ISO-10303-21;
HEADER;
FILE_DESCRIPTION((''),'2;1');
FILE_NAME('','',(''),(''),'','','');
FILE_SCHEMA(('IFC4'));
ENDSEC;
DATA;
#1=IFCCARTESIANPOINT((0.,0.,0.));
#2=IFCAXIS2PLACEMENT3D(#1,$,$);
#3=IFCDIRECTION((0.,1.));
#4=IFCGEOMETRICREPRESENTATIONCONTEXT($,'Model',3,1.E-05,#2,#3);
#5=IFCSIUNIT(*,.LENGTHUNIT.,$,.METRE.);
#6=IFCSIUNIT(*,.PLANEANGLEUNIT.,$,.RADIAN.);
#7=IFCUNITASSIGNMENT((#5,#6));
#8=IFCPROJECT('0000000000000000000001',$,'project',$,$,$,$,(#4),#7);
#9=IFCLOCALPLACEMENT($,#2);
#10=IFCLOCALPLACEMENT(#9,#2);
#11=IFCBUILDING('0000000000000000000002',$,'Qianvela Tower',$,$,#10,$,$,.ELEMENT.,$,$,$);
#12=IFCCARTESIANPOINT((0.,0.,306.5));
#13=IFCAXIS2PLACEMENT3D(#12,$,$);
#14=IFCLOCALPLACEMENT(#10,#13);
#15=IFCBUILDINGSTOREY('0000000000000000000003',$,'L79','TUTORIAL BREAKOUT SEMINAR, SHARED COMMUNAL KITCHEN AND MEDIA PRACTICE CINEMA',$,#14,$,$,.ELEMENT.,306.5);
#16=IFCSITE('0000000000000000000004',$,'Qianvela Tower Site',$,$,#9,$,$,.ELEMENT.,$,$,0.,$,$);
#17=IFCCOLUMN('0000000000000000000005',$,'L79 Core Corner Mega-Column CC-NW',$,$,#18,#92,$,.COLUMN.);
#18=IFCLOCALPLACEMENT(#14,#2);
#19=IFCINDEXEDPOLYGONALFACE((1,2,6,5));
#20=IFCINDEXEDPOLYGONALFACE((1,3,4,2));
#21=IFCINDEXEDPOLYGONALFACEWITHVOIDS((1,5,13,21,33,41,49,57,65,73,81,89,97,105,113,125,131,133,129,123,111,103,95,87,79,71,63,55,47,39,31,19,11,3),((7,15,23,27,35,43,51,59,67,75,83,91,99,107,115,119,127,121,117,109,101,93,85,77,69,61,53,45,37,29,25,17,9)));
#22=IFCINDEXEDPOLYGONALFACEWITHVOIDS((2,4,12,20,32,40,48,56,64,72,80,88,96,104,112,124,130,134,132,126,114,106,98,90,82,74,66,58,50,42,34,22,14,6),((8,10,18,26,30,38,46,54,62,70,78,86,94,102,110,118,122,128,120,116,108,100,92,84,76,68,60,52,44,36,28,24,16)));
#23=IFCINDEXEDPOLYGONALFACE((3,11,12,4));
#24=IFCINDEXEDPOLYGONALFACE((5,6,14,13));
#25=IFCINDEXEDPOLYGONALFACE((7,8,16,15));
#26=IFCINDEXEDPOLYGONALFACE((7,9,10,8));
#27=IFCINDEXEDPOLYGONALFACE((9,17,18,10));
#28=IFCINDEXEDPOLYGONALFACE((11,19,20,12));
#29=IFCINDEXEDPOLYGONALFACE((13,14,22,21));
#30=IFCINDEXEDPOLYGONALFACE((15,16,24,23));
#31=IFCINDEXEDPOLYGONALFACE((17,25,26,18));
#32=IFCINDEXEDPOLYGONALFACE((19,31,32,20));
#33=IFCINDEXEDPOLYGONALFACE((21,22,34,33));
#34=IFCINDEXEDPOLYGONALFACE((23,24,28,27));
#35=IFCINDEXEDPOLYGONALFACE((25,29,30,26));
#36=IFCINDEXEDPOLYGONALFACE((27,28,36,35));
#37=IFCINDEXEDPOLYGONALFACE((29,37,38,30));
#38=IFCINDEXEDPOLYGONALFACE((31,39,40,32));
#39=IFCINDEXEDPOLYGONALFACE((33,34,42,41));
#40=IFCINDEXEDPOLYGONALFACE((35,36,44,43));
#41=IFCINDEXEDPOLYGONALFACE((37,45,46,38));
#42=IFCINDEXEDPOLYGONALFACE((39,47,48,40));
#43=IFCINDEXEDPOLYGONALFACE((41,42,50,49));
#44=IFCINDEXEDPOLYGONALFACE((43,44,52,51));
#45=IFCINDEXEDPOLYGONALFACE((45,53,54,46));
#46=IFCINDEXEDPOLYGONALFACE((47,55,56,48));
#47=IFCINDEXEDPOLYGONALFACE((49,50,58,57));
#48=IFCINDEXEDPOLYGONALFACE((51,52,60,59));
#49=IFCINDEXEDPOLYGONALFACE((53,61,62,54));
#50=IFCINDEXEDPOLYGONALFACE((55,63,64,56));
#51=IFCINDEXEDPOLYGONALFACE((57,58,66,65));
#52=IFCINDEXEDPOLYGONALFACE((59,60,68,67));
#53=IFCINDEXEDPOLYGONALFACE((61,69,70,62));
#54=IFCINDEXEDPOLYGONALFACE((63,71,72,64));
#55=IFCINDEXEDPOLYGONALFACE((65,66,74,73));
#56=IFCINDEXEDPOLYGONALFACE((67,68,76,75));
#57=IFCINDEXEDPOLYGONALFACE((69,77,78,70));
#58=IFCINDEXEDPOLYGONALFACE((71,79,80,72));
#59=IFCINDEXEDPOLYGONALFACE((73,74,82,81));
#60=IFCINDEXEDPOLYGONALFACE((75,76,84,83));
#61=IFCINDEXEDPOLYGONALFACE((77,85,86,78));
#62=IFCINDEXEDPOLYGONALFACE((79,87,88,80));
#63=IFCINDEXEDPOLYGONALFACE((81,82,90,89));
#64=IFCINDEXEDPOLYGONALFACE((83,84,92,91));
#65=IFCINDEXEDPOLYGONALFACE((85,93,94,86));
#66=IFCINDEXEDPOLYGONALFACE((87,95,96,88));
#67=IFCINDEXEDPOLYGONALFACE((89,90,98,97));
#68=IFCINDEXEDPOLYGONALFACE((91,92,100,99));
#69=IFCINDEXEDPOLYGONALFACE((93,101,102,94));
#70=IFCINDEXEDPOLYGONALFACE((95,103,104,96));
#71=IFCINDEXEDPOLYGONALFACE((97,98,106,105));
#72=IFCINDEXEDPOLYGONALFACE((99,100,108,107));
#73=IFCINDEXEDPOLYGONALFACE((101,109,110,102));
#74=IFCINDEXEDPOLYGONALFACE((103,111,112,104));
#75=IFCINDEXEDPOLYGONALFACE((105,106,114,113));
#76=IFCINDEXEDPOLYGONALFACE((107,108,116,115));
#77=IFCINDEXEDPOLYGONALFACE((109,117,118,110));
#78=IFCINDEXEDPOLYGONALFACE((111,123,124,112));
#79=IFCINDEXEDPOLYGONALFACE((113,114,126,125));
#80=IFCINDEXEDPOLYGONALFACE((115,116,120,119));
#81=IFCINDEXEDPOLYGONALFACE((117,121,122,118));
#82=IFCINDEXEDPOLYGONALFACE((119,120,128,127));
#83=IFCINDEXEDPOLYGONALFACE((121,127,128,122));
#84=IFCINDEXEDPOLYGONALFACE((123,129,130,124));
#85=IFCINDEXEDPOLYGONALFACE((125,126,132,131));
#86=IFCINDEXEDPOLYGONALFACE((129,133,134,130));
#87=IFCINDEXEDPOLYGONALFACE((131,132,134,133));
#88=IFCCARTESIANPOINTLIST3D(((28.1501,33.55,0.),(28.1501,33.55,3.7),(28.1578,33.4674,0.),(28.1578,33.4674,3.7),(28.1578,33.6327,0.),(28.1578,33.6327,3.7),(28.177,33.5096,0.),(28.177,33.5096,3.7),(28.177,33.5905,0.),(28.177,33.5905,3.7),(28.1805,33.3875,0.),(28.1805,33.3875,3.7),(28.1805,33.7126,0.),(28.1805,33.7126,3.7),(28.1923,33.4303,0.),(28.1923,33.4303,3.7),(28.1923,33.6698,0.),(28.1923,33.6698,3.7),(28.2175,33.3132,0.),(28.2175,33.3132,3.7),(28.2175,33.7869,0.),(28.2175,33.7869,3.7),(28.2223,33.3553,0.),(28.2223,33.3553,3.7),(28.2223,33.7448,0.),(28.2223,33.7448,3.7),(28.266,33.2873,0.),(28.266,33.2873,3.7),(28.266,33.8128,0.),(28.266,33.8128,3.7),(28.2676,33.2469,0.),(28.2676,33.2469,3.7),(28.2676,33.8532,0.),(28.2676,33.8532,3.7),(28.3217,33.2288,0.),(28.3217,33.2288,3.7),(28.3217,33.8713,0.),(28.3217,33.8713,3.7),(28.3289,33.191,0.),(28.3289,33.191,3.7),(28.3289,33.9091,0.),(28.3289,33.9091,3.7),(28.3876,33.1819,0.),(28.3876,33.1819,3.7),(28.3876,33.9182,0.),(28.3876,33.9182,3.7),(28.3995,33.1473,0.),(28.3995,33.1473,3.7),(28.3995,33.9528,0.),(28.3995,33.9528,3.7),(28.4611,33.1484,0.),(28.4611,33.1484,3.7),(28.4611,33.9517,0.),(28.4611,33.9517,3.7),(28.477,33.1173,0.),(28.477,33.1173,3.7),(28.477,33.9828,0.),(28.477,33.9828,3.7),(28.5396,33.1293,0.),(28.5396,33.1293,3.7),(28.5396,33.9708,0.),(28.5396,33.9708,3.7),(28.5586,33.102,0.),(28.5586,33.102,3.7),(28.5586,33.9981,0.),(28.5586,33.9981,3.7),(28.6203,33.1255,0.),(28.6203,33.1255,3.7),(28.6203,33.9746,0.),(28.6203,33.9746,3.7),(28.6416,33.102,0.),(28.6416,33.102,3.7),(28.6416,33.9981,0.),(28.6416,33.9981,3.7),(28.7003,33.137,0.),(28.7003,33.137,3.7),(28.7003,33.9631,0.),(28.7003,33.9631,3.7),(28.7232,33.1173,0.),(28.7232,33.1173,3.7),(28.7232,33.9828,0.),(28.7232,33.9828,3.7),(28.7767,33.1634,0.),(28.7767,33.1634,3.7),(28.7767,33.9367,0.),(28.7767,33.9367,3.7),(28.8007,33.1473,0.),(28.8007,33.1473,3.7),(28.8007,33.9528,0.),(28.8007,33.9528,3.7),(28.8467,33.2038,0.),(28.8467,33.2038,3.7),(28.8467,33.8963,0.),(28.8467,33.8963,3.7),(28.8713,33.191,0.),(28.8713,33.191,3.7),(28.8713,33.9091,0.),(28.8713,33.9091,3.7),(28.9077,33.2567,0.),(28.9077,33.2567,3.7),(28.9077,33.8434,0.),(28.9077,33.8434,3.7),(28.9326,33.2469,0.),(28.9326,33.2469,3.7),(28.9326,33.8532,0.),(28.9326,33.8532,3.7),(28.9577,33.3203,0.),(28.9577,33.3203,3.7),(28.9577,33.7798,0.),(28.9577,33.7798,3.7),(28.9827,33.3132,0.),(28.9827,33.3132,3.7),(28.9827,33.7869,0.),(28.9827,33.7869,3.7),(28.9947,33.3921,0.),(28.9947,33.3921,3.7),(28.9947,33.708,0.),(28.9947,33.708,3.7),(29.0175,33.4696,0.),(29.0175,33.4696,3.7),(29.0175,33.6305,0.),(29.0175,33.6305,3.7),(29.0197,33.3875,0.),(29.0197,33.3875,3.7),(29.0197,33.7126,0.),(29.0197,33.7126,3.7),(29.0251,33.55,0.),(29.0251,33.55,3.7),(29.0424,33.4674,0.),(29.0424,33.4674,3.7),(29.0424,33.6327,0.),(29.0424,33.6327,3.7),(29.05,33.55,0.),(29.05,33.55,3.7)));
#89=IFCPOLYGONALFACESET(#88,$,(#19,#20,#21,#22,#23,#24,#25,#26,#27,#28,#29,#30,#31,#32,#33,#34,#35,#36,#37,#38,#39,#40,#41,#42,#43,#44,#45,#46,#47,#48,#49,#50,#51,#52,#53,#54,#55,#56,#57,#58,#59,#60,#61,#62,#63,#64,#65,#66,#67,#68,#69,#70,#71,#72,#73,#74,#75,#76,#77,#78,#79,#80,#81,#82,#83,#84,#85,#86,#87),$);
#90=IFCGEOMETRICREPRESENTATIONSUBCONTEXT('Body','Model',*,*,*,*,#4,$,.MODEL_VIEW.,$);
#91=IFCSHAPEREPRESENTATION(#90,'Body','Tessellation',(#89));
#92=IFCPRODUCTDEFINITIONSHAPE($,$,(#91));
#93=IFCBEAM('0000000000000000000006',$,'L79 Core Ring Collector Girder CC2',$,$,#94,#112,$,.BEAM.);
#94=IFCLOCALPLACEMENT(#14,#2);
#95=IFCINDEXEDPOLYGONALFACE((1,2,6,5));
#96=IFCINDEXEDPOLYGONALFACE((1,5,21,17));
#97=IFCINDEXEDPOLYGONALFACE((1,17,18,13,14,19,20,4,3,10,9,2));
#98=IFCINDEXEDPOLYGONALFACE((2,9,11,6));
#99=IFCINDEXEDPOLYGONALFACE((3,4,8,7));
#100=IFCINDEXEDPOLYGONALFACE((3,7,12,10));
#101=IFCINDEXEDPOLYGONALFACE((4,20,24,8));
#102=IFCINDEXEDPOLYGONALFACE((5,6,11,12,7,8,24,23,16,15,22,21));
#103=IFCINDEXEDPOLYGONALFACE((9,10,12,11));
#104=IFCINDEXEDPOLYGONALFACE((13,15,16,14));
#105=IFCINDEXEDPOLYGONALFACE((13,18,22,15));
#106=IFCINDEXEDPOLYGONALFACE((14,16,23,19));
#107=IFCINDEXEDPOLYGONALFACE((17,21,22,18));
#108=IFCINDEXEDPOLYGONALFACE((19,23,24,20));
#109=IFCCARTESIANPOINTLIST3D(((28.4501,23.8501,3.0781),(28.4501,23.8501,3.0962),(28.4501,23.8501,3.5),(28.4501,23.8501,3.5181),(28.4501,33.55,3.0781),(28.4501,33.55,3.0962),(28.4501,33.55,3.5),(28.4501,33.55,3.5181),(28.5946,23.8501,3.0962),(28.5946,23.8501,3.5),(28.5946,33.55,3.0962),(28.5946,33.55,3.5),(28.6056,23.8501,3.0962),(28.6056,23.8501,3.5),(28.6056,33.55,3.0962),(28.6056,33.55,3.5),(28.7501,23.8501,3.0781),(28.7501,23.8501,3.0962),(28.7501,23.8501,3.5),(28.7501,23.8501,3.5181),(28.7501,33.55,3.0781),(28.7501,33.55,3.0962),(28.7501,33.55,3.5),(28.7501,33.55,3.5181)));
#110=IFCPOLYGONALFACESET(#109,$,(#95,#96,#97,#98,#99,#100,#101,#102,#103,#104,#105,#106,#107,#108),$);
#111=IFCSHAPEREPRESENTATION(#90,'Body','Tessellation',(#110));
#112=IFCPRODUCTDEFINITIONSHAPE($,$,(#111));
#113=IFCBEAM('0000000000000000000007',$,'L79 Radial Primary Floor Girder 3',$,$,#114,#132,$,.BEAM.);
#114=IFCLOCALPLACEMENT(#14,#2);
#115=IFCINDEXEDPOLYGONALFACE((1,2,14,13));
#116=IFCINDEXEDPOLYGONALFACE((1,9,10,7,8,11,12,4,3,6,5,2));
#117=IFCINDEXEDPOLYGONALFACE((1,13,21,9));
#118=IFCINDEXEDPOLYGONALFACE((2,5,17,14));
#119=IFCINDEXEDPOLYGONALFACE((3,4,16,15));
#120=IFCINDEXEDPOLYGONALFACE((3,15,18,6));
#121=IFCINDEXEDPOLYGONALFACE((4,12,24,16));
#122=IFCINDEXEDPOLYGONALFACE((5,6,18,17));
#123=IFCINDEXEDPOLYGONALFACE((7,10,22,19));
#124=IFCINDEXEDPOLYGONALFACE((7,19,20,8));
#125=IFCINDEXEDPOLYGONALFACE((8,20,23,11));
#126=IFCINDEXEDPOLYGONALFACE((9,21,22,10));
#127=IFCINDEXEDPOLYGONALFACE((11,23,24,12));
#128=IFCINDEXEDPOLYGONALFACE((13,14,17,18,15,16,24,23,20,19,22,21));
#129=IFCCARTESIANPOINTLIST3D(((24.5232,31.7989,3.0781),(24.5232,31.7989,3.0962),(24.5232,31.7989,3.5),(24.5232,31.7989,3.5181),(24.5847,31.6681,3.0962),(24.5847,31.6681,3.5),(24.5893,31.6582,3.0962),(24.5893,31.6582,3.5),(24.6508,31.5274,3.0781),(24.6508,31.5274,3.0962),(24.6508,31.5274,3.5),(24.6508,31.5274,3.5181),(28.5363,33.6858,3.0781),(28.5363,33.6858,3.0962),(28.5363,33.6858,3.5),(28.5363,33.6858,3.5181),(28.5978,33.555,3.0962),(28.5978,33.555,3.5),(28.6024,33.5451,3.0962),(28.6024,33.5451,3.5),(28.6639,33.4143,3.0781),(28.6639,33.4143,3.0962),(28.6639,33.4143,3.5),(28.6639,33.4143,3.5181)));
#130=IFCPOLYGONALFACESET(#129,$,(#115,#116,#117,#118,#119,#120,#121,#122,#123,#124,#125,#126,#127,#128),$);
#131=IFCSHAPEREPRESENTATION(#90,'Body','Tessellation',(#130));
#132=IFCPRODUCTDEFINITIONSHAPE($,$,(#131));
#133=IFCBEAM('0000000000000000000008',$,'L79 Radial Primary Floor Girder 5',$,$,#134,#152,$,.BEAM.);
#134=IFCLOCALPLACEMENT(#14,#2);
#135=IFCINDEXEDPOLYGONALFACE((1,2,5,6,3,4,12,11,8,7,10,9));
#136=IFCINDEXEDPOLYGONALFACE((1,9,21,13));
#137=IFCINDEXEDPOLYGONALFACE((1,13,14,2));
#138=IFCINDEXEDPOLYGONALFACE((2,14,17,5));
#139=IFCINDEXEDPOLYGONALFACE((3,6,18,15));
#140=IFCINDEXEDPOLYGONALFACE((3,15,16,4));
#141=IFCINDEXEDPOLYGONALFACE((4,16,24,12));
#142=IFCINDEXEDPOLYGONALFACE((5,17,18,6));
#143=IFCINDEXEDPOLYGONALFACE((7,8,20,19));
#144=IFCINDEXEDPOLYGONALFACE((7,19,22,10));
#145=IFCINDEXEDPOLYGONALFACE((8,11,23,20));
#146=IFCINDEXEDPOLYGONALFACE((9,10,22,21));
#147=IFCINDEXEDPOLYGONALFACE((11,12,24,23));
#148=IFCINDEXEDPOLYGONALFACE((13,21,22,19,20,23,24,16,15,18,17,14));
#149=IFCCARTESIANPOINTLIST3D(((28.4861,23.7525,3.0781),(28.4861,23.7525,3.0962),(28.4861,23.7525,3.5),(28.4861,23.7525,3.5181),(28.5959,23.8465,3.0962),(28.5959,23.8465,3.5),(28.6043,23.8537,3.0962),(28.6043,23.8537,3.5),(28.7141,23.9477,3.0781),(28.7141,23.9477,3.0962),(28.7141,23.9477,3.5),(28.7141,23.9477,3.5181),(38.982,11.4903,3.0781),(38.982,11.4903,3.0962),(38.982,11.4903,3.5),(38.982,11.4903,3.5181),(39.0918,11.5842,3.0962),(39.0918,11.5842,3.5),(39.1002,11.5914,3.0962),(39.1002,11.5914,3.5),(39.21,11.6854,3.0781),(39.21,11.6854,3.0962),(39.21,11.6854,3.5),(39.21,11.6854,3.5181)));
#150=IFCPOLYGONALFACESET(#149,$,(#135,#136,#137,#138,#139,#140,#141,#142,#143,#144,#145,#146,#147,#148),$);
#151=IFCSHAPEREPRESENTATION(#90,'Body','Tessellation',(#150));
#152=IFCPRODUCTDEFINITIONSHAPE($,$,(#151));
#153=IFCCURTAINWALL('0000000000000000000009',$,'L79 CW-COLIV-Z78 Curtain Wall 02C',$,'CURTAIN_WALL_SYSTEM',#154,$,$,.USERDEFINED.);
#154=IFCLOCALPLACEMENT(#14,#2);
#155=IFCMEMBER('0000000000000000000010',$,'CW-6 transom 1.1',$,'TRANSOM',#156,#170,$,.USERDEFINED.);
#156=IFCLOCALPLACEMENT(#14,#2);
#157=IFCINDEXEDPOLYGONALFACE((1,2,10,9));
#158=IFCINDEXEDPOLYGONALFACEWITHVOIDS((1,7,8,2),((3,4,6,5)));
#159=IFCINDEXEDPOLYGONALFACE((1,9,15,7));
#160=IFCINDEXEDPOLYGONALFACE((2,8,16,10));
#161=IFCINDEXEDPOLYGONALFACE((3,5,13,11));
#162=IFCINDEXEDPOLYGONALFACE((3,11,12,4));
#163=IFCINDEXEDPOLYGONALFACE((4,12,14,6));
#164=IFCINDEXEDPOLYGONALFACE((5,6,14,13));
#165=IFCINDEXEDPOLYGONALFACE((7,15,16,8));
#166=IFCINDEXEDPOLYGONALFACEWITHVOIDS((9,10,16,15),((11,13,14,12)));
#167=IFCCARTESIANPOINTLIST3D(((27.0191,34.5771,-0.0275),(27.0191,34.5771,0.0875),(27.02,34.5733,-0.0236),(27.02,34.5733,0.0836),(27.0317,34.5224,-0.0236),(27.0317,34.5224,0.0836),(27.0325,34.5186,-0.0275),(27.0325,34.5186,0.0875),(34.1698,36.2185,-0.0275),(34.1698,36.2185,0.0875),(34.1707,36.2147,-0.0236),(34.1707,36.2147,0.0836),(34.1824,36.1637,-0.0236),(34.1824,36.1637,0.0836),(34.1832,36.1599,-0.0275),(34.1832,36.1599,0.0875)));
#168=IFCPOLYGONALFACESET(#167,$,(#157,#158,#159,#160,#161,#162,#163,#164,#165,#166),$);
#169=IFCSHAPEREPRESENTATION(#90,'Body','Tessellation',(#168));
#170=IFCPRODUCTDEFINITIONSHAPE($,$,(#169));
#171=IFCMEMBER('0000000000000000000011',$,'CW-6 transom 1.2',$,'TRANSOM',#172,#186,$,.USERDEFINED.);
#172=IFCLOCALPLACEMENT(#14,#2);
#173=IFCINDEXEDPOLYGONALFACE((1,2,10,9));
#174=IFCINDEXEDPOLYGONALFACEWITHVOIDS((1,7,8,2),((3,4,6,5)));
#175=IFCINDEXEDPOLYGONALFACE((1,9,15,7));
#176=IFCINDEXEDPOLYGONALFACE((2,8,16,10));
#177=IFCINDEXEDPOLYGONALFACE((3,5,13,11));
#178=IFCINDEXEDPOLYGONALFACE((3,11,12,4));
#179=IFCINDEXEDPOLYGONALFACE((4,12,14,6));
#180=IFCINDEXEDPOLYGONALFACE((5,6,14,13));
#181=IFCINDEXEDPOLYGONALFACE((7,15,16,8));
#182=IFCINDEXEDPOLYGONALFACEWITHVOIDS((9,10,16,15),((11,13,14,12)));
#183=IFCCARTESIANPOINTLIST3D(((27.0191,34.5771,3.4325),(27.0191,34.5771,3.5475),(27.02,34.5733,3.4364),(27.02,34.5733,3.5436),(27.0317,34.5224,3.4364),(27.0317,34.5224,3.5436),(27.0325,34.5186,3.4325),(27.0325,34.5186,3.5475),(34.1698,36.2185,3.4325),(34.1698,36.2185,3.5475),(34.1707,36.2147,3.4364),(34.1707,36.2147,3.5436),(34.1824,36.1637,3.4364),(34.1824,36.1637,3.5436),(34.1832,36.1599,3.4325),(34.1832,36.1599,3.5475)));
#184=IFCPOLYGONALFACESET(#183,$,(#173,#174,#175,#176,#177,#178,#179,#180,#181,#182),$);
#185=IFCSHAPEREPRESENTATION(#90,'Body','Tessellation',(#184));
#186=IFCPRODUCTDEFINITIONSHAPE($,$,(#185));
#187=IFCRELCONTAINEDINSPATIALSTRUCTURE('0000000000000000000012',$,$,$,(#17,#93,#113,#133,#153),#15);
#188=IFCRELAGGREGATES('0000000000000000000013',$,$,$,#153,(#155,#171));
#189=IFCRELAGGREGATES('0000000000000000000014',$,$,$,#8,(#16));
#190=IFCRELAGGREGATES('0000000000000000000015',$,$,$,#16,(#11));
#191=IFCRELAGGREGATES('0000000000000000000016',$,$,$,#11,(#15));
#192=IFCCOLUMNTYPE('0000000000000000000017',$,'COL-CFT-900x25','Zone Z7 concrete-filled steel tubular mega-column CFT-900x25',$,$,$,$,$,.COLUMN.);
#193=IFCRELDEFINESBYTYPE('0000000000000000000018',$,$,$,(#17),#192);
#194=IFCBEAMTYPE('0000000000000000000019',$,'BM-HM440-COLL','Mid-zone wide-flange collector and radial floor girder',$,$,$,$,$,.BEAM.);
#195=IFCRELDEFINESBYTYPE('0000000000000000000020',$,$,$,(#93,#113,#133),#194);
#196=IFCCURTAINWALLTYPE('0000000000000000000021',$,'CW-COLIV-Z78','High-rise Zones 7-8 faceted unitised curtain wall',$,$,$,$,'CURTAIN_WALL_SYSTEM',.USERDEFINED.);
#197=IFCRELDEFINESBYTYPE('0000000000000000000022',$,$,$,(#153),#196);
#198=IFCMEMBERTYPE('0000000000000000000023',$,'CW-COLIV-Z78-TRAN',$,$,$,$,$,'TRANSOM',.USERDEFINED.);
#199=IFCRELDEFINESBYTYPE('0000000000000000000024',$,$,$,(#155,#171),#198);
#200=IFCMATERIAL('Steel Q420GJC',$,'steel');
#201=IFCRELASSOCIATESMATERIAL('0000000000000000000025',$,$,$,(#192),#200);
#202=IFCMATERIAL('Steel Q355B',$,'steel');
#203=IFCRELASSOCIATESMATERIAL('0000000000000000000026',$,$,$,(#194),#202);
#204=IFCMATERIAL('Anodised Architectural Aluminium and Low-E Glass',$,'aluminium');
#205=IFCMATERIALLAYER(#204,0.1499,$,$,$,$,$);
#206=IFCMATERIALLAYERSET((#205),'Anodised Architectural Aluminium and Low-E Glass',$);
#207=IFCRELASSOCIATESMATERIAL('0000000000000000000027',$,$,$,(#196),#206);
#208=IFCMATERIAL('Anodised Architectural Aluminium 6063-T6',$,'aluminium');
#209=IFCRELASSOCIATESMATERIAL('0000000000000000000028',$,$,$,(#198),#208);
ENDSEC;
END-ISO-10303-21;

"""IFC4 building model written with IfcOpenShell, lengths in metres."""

from ifc_helpers import new_model, si_unit, direction, frame, origin, origin_2d, place, context, subcontext, project, spatial, hollow_rectangle, hollow_circle, i_section, extrude, material, layer, layer_set, material_profile, profile_set, type_object, element, aggregate, save


model = new_model("IFC4")

# Units and contexts
model_context = context("Model", 3, precision=1e-05, world=origin(), true_north=direction((0.0, 1.0)))
body_context = subcontext(model_context, "Body", "Model", "MODEL_VIEW")
ifc_project = project(units=[si_unit("LENGTHUNIT", "METRE"), si_unit("PLANEANGLEUNIT", "RADIAN")], contexts=[model_context])

# Site, building, storey
site_placement = place(None, origin())
site = spatial("IfcSite", under=ifc_project, at=site_placement, Name="Qianvela Tower Site", CompositionType="ELEMENT", RefElevation=0.0)
building_placement = place(site_placement, origin())
building = spatial("IfcBuilding", under=site, at=building_placement, Name="Qianvela Tower", CompositionType="ELEMENT")
storey_placement = place(building_placement, frame((0.0, 0.0, 306.5)))
storey = spatial("IfcBuildingStorey", under=building, at=storey_placement, Name="L79", Description="TUTORIAL BREAKOUT SEMINAR, SHARED COMMUNAL KITCHEN AND MEDIA PRACTICE CINEMA", CompositionType="ELEMENT", Elevation=306.5)

# Column
ifc_material_1 = material(Name="Steel Q420GJC", Category="steel")
ifc_material_profile_1 = material_profile(ifc_material_1, hollow_circle(Radius=0.45, WallThickness=0.0249, at=origin_2d()), Name="CFT-900x25")
ifc_profile_set_1 = profile_set([ifc_material_profile_1], Name="Steel Q420GJC")
column_type = type_object("IfcColumnType", Name="COL-CFT-900x25", Description="Zone Z7 concrete-filled steel tubular mega-column CFT-900x25", PredefinedType="COLUMN", material=ifc_profile_set_1)
column_placement = place(storey_placement, frame((28.6001, 33.55, 0.0), z_axis=(0.0, 0.0, 1.0), x_axis=(1.0, 0.0, 0.0)))
element("IfcColumn", 1, at=column_placement, inside=storey, type_object=column_type, Name="L79 Core Corner Mega-Column CC-NW", PredefinedType="COLUMN", context=body_context, shape_type="SweptSolid", body=[
    extrude(hollow_circle(Radius=0.45, WallThickness=0.0249, at=origin_2d()), origin(), (0.0, 0.0, 1.0), 3.7),
])

# Beams
ifc_material_2 = material(Name="Steel Q355B", Category="steel")
ifc_material_profile_2 = material_profile(ifc_material_2, i_section(OverallWidth=0.3, OverallDepth=0.4399, WebThickness=0.011, FlangeThickness=0.0181, at=origin_2d()), Name="HM440x300x11x18")
ifc_profile_set_2 = profile_set([ifc_material_profile_2], Name="Steel Q355B")
beam_type = type_object("IfcBeamType", Name="BM-HM440-COLL", Description="Mid-zone wide-flange collector and radial floor girder", PredefinedType="BEAM", material=ifc_profile_set_2)
beam_1_placement = place(storey_placement, frame((28.6001, 33.55, 3.2981), z_axis=(0.0, -1.0, 0.0), x_axis=(1.0, 0.0, 0.0)))
element("IfcBeam", 2, at=beam_1_placement, inside=storey, type_object=beam_type, Name="L79 Core Ring Collector Girder CC2", PredefinedType="BEAM", context=body_context, shape_type="SweptSolid", body=[
    extrude(i_section(OverallWidth=0.3, OverallDepth=0.4399, WebThickness=0.011, FlangeThickness=0.0181, at=origin_2d()), origin(), (0.0, 0.0, 1.0), 9.7),
])
beam_2_placement = place(storey_placement, frame((28.6001, 33.55, 3.2981), z_axis=(-0.904957, -0.425503, 0.0), x_axis=(0.425503, -0.904957, 0.0)))
element("IfcBeam", 3, at=beam_2_placement, inside=storey, type_object=beam_type, Name="L79 Radial Primary Floor Girder 3", PredefinedType="BEAM", context=body_context, shape_type="SweptSolid", body=[
    extrude(i_section(OverallWidth=0.3, OverallDepth=0.4399, WebThickness=0.011, FlangeThickness=0.0181, at=origin_2d()), origin(), (0.0, 0.0, 1.0), 4.4346),
])
beam_3_placement = place(storey_placement, frame((28.6001, 23.8501, 3.2981), z_axis=(0.650269, -0.759704, 0.0), x_axis=(0.759704, 0.650269, 0.0)))
element("IfcBeam", 4, at=beam_3_placement, inside=storey, type_object=beam_type, Name="L79 Radial Primary Floor Girder 5", PredefinedType="BEAM", context=body_context, shape_type="SweptSolid", body=[
    extrude(i_section(OverallWidth=0.3, OverallDepth=0.4399, WebThickness=0.011, FlangeThickness=0.0181, at=origin_2d()), origin(), (0.0, 0.0, 1.0), 16.1409),
])

# Curtain wall, members
ifc_material_3 = material(Name="Anodised Architectural Aluminium and Low-E Glass", Category="aluminium")
ifc_layer_1 = layer(ifc_material_3, 0.1499)
ifc_layer_set_1 = layer_set([ifc_layer_1], Name="Anodised Architectural Aluminium and Low-E Glass")
curtain_wall_type = type_object("IfcCurtainWallType", Name="CW-COLIV-Z78", Description="High-rise Zones 7-8 faceted unitised curtain wall", ElementType="CURTAIN_WALL_SYSTEM", PredefinedType="USERDEFINED", material=ifc_layer_set_1)
curtain_wall_placement = place(storey_placement, origin())
curtain_wall = element("IfcCurtainWall", 5, at=curtain_wall_placement, inside=storey, type_object=curtain_wall_type, Name="L79 CW-COLIV-Z78 Curtain Wall 02C", ObjectType="CURTAIN_WALL_SYSTEM", PredefinedType="USERDEFINED")
ifc_material_4 = material(Name="Anodised Architectural Aluminium 6063-T6", Category="aluminium")
ifc_material_profile_3 = material_profile(ifc_material_4, hollow_rectangle(XDim=0.0601, YDim=0.115, WallThickness=0.0039, at=origin_2d()), Name="ALU-TRAN-60x115")
ifc_profile_set_3 = profile_set([ifc_material_profile_3], Name="Anodised Architectural Aluminium 6063-T6")
member_type = type_object("IfcMemberType", Name="CW-COLIV-Z78-TRAN", ElementType="TRANSOM", PredefinedType="USERDEFINED", material=ifc_profile_set_3)
member_1_placement = place(storey_placement, frame((34.1765, 36.1892, 0.03), z_axis=(-0.974653, -0.223722, 0.0), x_axis=(0.223722, -0.974653, 0.0)))
member_1 = element("IfcMember", 6, at=member_1_placement, type_object=member_type, Name="CW-6 transom 1.1", ObjectType="TRANSOM", PredefinedType="USERDEFINED", context=body_context, shape_type="SweptSolid", body=[
    extrude(hollow_rectangle(XDim=0.0601, YDim=0.115, WallThickness=0.0039, at=origin_2d()), origin(), (0.0, 0.0, 1.0), 7.3367),
])
member_2_placement = place(storey_placement, frame((34.1765, 36.1892, 3.49), z_axis=(-0.974653, -0.223722, 0.0), x_axis=(0.223722, -0.974653, 0.0)))
member_2 = element("IfcMember", 7, at=member_2_placement, type_object=member_type, Name="CW-6 transom 1.2", ObjectType="TRANSOM", PredefinedType="USERDEFINED", context=body_context, shape_type="SweptSolid", body=[
    extrude(hollow_rectangle(XDim=0.0601, YDim=0.115, WallThickness=0.0039, at=origin_2d()), origin(), (0.0, 0.0, 1.0), 7.3367),
])
aggregate(curtain_wall, [member_1, member_2])

save(model, "model.ifc")
